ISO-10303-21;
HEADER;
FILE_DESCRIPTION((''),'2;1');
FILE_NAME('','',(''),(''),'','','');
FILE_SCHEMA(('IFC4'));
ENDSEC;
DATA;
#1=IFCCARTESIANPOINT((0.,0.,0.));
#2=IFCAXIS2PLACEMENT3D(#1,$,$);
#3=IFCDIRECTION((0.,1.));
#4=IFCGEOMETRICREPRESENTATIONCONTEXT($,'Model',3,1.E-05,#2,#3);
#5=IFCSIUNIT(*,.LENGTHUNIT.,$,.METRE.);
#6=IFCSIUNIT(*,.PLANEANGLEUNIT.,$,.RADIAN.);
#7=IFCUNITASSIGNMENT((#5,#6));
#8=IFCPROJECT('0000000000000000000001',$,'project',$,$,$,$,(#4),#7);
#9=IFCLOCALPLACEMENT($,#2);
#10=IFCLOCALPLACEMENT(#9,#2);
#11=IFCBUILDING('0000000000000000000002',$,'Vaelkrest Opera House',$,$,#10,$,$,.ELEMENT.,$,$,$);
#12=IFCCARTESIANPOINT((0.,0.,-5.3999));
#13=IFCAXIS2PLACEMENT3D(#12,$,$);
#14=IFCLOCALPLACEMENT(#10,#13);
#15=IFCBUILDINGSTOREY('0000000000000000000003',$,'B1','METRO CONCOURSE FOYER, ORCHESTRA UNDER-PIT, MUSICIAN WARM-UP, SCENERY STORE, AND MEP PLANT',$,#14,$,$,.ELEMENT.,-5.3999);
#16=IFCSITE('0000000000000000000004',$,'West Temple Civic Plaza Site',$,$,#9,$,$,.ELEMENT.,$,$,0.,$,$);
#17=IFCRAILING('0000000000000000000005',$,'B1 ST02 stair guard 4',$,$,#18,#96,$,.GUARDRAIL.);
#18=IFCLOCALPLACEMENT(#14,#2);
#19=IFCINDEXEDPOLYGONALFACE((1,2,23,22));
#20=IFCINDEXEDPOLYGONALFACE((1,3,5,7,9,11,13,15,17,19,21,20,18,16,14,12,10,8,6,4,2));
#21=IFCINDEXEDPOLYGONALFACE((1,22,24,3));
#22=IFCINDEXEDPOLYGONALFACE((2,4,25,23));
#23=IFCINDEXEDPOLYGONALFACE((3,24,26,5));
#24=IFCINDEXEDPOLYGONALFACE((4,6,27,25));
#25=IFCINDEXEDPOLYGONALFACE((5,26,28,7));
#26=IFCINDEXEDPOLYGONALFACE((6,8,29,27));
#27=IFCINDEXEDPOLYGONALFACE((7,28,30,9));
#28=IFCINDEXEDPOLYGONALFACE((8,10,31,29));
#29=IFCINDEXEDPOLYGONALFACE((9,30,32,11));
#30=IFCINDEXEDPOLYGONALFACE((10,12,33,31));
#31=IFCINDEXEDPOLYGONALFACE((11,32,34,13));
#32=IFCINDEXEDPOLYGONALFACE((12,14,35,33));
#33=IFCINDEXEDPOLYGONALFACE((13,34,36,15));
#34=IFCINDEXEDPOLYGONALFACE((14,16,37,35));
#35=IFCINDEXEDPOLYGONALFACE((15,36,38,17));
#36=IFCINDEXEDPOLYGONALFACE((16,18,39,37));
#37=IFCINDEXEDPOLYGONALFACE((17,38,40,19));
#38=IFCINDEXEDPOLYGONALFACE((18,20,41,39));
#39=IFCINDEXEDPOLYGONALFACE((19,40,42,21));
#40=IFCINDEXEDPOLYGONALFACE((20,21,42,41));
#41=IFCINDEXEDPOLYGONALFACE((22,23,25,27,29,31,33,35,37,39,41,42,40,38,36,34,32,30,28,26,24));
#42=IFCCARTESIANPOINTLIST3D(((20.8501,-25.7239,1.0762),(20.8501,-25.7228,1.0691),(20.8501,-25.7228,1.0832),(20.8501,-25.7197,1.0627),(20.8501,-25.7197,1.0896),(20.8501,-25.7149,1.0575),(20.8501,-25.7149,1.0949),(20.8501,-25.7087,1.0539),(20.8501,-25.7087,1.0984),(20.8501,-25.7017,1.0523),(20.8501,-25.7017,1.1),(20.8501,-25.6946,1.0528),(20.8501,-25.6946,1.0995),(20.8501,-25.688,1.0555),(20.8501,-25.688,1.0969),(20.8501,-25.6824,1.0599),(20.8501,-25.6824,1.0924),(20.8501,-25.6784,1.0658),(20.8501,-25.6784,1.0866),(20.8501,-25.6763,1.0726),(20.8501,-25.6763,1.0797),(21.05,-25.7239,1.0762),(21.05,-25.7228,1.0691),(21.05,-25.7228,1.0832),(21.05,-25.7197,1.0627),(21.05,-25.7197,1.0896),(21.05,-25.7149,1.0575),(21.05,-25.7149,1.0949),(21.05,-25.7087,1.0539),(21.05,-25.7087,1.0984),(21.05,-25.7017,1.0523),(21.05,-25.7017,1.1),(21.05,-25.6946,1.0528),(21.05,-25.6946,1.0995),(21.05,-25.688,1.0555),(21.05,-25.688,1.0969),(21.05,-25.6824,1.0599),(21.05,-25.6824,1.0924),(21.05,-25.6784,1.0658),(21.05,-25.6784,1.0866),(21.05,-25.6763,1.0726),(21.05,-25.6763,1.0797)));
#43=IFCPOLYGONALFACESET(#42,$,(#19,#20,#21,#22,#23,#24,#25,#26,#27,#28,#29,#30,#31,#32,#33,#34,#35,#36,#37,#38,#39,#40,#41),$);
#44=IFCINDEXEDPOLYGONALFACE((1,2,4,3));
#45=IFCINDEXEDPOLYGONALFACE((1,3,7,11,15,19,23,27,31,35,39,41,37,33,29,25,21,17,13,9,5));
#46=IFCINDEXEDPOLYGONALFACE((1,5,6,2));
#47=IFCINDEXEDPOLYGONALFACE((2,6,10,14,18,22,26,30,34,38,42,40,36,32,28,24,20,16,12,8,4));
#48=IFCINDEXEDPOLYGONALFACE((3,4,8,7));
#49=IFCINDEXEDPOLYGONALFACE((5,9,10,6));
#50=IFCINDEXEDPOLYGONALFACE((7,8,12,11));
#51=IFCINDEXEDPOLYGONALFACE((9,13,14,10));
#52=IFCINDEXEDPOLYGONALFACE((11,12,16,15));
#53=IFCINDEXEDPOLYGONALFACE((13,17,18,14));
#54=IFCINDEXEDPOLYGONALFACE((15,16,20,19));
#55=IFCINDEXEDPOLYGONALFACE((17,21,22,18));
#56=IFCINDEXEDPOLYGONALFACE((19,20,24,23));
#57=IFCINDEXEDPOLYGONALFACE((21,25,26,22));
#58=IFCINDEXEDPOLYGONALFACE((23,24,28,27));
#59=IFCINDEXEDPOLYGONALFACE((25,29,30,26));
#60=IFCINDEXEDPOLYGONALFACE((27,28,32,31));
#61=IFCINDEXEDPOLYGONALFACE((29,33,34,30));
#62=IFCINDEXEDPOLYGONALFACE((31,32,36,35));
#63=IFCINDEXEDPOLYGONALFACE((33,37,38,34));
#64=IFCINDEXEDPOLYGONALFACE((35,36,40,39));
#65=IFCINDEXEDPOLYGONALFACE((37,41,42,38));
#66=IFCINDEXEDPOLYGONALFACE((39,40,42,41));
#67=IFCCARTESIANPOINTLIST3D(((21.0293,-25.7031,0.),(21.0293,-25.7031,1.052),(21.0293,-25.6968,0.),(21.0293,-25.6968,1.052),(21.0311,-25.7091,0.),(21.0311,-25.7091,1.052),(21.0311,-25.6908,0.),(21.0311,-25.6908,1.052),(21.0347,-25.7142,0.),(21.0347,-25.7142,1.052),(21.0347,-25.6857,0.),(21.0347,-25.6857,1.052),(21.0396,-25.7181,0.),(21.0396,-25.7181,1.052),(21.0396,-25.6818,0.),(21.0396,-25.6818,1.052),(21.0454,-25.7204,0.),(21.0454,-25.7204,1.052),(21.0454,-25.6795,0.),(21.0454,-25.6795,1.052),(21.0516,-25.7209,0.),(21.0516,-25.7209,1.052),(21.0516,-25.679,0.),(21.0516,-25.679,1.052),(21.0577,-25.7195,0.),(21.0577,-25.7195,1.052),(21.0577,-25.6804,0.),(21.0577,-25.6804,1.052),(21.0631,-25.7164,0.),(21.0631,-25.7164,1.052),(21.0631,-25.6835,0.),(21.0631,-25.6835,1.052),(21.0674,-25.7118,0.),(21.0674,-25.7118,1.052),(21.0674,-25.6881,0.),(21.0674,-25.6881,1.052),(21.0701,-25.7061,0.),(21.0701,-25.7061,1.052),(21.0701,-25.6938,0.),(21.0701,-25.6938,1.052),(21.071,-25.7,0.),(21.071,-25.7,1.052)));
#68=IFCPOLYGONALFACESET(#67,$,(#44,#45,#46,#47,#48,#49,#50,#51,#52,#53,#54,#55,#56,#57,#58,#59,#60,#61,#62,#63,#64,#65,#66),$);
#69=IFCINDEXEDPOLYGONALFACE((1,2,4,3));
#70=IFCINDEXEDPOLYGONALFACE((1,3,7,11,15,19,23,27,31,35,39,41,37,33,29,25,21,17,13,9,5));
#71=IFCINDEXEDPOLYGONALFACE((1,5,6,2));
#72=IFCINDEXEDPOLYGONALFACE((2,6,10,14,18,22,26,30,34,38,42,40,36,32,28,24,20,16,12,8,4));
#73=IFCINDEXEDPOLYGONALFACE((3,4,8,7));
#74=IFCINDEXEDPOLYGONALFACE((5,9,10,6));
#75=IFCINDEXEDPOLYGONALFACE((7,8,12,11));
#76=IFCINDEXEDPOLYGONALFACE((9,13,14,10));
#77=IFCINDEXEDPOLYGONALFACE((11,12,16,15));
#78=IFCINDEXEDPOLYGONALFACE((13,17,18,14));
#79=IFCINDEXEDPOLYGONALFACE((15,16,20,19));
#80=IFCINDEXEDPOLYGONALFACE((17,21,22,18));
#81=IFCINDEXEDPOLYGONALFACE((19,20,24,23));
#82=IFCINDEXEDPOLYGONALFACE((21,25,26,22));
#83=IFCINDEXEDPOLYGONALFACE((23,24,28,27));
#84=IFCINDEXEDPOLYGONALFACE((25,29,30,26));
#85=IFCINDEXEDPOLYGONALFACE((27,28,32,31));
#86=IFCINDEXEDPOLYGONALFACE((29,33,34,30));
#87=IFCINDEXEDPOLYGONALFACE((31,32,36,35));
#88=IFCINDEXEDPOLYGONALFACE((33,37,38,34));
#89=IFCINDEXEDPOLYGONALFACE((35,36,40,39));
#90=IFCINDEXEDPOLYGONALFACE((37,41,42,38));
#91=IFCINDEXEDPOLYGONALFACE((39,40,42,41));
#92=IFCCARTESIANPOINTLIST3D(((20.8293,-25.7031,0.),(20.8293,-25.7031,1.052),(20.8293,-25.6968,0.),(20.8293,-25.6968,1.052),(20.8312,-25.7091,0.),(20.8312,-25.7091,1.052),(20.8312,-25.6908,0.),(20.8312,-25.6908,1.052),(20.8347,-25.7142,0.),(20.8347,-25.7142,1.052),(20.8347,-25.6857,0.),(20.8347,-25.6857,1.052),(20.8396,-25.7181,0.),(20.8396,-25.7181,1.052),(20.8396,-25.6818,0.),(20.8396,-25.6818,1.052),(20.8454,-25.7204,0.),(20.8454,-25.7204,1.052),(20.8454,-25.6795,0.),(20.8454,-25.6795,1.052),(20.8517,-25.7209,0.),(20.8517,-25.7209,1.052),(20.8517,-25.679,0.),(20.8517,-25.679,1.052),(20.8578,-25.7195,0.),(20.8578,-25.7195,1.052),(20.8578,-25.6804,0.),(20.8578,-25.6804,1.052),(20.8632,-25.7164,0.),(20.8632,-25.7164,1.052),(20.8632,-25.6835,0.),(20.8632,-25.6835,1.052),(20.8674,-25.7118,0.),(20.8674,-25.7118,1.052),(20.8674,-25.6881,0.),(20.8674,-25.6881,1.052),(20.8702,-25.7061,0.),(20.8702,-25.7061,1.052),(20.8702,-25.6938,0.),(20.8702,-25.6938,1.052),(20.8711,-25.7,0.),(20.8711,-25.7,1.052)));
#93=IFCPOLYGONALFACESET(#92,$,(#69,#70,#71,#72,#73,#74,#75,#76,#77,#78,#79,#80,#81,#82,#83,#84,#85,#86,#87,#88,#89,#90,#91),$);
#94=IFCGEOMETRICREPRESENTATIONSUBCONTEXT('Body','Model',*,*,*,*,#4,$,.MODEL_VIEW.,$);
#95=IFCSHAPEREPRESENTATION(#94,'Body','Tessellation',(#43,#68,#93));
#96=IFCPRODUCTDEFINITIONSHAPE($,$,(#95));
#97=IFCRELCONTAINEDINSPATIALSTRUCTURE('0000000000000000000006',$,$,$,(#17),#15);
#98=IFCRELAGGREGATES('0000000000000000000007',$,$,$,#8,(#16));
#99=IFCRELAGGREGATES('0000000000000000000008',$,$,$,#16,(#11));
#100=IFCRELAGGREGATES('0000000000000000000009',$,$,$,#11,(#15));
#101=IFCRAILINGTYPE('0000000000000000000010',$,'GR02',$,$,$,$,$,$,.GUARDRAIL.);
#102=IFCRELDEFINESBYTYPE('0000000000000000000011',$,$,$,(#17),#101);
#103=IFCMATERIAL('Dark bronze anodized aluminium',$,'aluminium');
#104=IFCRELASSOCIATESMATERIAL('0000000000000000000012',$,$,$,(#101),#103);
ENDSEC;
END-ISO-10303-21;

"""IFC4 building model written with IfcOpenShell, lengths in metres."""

from ifc_helpers import new_model, si_unit, direction, frame, origin, origin_2d, place, context, subcontext, project, spatial, circle, extrude, material, type_object, element, save


model = new_model("IFC4")

# Units and contexts
model_context = context("Model", 3, precision=1e-05, world=origin(), true_north=direction((0.0, 1.0)))
body_context = subcontext(model_context, "Body", "Model", "MODEL_VIEW")
ifc_project = project(units=[si_unit("LENGTHUNIT", "METRE"), si_unit("PLANEANGLEUNIT", "RADIAN")], contexts=[model_context])

# Site, building, storey
site_placement = place(None, origin())
site = spatial("IfcSite", under=ifc_project, at=site_placement, Name="West Temple Civic Plaza Site", CompositionType="ELEMENT", RefElevation=0.0)
building_placement = place(site_placement, origin())
building = spatial("IfcBuilding", under=site, at=building_placement, Name="Vaelkrest Opera House", CompositionType="ELEMENT")
storey_placement = place(building_placement, frame((0.0, 0.0, -5.3999)))
storey = spatial("IfcBuildingStorey", under=building, at=storey_placement, Name="B1", Description="METRO CONCOURSE FOYER, ORCHESTRA UNDER-PIT, MUSICIAN WARM-UP, SCENERY STORE, AND MEP PLANT", CompositionType="ELEMENT", Elevation=-5.3999)

# Railing
ifc_material_1 = material(Name="Dark bronze anodized aluminium", Category="aluminium")
railing_type_1 = type_object("IfcRailingType", Name="GR02", PredefinedType="GUARDRAIL", material=ifc_material_1)
railing_1_placement = place(storey_placement, frame((21.05, -25.7, 0.0)))
element("IfcRailing", 1, at=railing_1_placement, inside=storey, type_object=railing_type_1, Name="B1 ST02 stair guard 4", PredefinedType="GUARDRAIL", context=body_context, shape_type="SweptSolid", body=[
    extrude(circle(Radius=0.0239, at=origin_2d()), frame((0.0, 0.0, 1.0762), z_axis=(-1.0, 0.0, 0.0), x_axis=(0.0, -1.0, 0.0)), (0.0, 0.0, 1.0), 0.2),
    extrude(circle(Radius=0.021, at=origin_2d()), origin(), (0.0, 0.0, 1.0), 1.052),
    extrude(circle(Radius=0.021, at=origin_2d()), frame((-0.2, 0.0, 0.0)), (0.0, 0.0, 1.0), 1.052),
])

save(model, "model.ifc")
